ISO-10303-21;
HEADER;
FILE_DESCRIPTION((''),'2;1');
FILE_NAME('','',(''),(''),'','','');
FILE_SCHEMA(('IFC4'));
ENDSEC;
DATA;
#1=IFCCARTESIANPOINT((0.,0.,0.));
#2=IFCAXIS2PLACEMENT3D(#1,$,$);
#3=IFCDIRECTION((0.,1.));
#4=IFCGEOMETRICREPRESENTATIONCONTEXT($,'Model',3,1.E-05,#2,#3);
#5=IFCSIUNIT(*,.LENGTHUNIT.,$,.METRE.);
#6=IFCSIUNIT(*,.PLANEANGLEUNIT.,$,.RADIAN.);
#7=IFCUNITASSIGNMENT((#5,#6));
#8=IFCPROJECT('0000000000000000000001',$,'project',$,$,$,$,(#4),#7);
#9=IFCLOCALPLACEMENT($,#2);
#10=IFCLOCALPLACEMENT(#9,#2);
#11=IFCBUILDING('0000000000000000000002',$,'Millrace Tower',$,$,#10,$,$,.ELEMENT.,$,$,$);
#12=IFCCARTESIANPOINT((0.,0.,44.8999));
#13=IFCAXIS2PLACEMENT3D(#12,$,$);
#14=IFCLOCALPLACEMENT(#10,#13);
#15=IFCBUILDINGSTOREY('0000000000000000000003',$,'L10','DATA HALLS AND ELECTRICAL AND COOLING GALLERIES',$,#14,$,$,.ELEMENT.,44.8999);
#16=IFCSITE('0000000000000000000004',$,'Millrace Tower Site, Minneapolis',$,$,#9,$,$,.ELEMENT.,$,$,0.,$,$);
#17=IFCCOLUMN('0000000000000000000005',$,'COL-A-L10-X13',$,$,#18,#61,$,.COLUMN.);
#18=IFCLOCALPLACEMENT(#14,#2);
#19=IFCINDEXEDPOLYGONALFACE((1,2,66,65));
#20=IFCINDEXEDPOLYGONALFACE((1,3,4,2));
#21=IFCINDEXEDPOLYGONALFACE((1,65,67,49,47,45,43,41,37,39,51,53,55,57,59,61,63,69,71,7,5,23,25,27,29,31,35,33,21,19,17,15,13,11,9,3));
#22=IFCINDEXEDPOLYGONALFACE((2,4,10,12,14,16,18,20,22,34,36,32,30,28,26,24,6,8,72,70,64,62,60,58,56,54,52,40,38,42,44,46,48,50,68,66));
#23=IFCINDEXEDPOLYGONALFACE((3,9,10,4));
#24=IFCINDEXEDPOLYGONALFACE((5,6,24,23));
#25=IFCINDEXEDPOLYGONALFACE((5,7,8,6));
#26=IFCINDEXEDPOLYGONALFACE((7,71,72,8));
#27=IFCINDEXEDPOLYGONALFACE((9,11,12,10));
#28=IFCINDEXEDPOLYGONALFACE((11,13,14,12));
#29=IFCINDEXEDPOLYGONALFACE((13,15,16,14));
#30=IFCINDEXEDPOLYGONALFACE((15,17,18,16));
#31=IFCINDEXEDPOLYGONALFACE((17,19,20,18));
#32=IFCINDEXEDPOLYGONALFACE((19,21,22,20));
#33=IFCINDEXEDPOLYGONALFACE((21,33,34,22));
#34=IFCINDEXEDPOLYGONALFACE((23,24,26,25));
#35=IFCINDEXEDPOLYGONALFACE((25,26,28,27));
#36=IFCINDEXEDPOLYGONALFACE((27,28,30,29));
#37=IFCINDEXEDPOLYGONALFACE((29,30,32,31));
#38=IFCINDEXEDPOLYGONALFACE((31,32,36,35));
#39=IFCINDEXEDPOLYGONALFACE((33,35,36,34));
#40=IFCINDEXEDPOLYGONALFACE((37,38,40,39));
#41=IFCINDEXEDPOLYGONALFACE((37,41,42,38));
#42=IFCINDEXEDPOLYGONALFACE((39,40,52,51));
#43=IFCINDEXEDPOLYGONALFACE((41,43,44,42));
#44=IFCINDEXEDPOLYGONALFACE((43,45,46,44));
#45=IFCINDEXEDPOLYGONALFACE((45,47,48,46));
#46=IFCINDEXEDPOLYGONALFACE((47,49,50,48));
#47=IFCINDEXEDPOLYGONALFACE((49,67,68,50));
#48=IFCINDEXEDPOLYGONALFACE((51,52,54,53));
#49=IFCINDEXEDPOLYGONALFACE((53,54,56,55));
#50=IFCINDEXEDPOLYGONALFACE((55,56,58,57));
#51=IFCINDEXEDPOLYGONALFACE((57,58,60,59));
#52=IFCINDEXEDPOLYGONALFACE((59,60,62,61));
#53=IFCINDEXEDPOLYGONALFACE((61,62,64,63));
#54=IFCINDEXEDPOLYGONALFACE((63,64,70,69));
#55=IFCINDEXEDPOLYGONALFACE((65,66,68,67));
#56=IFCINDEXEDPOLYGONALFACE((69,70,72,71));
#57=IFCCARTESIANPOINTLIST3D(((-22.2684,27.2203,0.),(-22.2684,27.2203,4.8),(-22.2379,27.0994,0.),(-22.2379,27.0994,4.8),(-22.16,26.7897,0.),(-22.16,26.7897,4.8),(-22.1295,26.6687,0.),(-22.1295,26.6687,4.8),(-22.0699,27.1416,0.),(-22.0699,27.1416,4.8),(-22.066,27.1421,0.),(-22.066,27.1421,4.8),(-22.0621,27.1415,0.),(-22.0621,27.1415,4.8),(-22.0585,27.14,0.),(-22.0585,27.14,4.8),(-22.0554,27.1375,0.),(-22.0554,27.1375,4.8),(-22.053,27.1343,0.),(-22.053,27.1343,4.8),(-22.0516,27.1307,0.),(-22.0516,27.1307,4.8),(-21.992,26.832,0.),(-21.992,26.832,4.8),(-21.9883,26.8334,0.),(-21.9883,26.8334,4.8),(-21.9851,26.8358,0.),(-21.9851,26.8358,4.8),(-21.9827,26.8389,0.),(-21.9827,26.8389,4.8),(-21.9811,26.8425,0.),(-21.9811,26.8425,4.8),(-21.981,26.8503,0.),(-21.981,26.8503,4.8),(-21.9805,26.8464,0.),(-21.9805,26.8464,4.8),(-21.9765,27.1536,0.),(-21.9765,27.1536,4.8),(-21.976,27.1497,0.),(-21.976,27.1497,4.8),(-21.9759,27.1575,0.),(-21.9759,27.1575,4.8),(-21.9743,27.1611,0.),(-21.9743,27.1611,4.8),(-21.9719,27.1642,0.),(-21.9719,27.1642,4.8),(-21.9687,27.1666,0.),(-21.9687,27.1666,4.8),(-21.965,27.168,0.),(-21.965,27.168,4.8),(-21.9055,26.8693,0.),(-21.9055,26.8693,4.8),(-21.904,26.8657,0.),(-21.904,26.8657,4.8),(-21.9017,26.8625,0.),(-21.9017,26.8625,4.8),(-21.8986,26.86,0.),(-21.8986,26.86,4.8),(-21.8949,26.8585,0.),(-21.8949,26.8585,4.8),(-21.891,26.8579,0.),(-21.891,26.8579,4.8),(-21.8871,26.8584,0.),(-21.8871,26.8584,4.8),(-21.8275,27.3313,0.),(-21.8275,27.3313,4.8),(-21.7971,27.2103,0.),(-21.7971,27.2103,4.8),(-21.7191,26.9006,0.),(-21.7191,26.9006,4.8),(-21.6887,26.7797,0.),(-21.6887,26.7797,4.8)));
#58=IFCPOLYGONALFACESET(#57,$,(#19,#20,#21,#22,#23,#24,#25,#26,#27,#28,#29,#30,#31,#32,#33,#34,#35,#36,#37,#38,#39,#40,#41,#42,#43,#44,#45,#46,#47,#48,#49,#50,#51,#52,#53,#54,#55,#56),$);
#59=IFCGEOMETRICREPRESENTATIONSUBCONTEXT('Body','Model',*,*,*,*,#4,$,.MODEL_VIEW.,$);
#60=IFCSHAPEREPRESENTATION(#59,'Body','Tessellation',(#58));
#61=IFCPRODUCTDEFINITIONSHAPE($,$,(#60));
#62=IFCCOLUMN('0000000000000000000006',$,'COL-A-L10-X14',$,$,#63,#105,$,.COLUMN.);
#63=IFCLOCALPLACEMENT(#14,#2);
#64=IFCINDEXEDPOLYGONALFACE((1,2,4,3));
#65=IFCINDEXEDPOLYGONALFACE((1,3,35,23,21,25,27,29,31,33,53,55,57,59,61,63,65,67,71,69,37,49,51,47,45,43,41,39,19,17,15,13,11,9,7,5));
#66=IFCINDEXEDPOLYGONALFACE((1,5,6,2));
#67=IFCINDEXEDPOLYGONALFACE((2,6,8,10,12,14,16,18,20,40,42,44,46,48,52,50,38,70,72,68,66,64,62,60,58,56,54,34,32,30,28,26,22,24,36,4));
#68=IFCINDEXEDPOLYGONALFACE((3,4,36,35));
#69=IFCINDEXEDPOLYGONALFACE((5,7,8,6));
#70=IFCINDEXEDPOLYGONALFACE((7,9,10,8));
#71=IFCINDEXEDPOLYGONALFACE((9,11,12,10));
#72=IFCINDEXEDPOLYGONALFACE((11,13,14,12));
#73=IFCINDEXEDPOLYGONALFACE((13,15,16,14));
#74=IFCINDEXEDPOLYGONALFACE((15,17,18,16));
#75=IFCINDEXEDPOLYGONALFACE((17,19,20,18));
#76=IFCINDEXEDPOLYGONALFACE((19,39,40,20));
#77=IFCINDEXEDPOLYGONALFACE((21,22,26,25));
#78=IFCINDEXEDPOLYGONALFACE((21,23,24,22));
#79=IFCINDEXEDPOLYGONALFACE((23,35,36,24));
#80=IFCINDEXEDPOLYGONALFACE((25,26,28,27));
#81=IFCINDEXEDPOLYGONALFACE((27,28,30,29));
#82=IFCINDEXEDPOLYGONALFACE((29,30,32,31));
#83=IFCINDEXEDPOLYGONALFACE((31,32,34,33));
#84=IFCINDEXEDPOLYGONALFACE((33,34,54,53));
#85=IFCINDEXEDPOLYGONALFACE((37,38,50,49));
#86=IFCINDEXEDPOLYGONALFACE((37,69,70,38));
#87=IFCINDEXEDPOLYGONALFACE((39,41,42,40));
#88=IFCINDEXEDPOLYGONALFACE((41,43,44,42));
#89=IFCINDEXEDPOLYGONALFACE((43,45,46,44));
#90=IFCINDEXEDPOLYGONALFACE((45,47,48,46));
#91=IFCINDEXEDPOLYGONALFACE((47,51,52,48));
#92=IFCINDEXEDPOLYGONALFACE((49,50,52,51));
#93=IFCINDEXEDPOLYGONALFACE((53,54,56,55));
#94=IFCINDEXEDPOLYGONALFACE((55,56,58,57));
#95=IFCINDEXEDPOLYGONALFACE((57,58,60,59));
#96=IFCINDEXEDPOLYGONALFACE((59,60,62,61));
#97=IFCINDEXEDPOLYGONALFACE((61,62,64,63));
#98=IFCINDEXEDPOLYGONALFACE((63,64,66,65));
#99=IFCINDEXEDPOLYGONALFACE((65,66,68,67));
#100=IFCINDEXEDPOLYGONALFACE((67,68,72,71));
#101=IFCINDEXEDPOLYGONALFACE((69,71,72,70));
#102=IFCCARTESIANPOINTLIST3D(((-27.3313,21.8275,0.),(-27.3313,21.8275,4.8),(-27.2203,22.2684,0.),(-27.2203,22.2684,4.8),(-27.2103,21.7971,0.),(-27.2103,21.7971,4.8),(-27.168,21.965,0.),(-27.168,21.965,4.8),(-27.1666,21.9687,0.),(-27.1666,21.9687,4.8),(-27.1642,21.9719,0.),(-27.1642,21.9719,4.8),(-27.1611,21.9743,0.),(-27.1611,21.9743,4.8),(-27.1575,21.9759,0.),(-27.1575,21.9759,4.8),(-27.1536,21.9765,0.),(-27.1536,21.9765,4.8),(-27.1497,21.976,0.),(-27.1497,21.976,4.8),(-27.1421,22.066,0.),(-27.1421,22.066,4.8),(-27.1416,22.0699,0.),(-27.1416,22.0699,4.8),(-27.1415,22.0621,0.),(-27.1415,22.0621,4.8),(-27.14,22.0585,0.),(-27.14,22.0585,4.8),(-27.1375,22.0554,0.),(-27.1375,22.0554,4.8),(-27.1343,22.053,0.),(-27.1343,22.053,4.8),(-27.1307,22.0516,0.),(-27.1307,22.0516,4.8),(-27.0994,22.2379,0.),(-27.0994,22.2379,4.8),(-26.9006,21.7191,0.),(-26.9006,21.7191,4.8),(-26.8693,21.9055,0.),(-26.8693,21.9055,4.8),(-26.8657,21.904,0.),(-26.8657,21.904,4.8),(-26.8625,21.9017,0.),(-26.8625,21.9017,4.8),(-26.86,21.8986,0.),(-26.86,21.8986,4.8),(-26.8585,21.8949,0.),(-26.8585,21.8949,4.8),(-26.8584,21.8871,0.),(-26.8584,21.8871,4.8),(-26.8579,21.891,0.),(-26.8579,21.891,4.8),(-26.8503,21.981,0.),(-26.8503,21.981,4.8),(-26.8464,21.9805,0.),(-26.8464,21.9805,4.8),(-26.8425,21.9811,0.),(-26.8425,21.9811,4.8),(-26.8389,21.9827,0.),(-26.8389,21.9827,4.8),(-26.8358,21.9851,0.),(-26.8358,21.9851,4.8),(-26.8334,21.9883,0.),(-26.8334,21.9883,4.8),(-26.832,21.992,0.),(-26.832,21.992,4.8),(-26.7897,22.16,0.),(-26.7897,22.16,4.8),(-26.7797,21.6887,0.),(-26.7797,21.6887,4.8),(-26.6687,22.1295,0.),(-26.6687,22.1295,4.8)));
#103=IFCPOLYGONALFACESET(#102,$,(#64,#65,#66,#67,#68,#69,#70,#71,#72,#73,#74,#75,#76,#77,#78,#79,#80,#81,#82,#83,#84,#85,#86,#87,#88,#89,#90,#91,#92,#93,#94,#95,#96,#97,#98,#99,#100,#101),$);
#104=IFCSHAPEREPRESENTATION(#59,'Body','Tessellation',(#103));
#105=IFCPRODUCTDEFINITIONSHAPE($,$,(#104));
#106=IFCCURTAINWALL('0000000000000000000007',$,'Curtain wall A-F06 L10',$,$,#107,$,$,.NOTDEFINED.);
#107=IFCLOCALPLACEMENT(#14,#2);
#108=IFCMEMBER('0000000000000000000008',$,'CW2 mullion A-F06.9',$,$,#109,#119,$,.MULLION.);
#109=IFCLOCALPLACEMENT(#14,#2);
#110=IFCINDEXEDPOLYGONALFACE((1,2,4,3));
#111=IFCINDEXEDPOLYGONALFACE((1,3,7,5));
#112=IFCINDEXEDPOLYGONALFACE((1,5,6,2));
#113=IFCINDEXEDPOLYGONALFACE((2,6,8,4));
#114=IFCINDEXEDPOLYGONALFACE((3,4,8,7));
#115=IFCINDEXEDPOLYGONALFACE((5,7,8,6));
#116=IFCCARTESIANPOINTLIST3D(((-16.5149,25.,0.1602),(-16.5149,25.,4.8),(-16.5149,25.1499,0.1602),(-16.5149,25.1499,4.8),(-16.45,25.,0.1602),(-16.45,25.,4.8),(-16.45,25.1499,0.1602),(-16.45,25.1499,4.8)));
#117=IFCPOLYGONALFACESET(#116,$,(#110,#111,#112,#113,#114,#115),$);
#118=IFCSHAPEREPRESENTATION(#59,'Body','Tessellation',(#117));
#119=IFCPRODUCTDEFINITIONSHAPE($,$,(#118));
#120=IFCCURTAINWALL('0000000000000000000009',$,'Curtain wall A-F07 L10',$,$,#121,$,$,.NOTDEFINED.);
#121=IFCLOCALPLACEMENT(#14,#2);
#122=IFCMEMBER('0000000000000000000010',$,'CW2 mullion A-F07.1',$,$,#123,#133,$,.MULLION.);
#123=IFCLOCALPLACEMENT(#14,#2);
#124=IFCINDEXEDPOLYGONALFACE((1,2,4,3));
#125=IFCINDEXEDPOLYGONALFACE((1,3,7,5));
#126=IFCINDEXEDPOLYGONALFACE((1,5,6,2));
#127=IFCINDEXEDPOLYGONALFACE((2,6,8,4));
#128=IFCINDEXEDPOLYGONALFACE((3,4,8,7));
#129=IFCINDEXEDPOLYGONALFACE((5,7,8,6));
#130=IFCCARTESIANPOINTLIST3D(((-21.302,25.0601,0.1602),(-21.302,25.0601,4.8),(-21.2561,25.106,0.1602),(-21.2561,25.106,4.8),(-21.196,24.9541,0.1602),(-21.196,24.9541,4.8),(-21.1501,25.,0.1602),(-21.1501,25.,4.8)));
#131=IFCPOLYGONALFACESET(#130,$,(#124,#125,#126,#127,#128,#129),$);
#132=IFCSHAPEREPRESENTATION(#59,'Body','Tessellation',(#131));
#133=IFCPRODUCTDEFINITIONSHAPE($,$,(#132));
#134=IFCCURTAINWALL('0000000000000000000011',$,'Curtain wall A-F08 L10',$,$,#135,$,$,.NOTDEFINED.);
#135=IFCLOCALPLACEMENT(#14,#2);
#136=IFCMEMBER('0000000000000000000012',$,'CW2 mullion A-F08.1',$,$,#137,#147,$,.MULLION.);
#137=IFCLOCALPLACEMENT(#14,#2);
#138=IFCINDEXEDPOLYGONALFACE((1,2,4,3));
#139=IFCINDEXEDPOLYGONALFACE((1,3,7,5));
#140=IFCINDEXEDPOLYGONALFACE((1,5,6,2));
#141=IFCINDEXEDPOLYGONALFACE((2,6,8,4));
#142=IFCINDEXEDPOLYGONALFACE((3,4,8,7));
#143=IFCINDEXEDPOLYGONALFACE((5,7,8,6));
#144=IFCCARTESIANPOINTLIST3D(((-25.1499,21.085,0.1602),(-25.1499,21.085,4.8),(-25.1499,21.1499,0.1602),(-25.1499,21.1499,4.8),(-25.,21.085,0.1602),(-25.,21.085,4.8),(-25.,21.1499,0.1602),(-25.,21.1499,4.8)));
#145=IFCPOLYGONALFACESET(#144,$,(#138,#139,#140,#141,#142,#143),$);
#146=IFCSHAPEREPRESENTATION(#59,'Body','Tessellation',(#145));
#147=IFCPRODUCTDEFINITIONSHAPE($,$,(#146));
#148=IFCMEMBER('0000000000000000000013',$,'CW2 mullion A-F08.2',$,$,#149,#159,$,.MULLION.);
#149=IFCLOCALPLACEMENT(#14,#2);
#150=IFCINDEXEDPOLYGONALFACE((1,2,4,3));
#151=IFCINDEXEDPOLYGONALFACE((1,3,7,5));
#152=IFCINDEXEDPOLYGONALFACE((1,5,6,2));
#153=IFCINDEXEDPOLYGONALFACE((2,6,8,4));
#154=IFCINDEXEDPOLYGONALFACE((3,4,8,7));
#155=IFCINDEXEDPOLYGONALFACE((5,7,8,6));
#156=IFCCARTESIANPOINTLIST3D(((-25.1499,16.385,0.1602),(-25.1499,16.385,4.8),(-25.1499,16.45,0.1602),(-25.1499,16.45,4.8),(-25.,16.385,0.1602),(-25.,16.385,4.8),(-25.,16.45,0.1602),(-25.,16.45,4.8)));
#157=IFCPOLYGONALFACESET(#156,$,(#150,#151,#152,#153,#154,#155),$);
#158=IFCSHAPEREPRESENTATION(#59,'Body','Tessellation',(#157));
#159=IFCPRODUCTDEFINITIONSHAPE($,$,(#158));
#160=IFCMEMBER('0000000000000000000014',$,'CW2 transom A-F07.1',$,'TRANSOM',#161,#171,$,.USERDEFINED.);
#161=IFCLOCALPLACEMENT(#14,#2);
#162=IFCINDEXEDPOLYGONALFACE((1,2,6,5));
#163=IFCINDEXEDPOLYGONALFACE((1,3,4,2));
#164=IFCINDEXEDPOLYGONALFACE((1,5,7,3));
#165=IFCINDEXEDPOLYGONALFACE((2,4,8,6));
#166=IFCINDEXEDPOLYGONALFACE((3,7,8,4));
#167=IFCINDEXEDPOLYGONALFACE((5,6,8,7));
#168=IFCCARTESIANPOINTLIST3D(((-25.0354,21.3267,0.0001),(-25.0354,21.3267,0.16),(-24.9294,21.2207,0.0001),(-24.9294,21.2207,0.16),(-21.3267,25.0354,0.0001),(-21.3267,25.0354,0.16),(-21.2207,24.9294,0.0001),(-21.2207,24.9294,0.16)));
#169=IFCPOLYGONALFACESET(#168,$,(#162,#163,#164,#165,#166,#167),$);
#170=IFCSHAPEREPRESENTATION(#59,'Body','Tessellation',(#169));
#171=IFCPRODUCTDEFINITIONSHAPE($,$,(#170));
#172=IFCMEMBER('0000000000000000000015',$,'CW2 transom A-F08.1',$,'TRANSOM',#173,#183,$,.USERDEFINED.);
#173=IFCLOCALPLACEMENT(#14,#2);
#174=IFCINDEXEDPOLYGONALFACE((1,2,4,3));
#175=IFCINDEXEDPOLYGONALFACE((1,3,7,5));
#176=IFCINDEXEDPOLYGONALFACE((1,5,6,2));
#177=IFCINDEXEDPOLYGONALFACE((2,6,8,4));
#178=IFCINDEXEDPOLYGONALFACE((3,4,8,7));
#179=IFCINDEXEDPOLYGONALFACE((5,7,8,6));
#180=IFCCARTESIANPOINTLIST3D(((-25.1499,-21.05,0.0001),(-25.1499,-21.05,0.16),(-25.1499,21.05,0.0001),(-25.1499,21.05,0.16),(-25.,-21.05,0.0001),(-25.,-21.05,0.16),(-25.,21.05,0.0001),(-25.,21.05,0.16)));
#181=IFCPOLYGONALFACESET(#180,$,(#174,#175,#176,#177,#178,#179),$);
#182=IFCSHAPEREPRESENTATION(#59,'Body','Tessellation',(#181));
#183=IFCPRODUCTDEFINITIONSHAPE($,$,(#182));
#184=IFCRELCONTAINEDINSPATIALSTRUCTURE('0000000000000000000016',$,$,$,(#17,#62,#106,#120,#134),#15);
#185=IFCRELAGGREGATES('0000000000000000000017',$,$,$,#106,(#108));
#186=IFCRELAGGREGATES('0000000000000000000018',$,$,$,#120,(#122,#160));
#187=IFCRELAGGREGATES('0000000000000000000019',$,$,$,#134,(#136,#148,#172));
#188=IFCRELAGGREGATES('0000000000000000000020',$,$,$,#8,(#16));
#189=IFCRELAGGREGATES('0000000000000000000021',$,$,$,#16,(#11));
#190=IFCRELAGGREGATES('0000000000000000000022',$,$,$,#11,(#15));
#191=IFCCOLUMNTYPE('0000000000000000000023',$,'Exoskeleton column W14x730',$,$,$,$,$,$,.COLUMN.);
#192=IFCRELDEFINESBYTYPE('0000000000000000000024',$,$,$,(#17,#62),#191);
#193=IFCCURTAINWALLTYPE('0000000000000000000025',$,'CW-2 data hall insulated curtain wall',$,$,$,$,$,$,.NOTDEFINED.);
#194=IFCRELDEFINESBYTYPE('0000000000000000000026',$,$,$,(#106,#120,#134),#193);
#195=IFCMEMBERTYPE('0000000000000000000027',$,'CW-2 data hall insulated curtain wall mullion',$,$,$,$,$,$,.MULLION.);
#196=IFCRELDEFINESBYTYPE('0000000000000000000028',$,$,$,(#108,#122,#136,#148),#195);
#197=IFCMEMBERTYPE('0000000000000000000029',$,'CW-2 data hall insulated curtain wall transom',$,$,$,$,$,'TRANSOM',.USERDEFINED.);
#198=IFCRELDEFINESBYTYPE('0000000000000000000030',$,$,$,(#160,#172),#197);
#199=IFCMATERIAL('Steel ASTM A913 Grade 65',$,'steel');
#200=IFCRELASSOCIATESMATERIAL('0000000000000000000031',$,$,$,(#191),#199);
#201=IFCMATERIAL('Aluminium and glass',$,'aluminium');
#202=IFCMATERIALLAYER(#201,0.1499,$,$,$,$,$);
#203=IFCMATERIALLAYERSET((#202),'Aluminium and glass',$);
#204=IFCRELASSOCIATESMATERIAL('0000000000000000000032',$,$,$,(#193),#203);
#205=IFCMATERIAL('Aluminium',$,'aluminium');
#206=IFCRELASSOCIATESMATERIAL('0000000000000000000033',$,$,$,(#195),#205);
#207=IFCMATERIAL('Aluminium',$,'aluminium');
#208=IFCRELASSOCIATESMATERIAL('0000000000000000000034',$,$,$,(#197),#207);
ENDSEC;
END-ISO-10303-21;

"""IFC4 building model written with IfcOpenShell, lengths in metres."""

from ifc_helpers import new_model, si_unit, direction, frame, origin, origin_2d, place, context, subcontext, project, spatial, rectangle, i_section, extrude, material, layer, layer_set, material_profile, profile_set, type_object, element, aggregate, save


model = new_model("IFC4")

# Units and contexts
model_context = context("Model", 3, precision=1e-05, world=origin(), true_north=direction((0.0, 1.0)))
body_context = subcontext(model_context, "Body", "Model", "MODEL_VIEW")
ifc_project = project(units=[si_unit("LENGTHUNIT", "METRE"), si_unit("PLANEANGLEUNIT", "RADIAN")], contexts=[model_context])

# Site, building, storey
site_placement = place(None, origin())
site = spatial("IfcSite", under=ifc_project, at=site_placement, Name="Millrace Tower Site, Minneapolis", CompositionType="ELEMENT", RefElevation=0.0)
building_placement = place(site_placement, origin())
building = spatial("IfcBuilding", under=site, at=building_placement, Name="Millrace Tower", CompositionType="ELEMENT")
storey_placement = place(building_placement, frame((0.0, 0.0, 44.8999)))
storey = spatial("IfcBuildingStorey", under=building, at=storey_placement, Name="L10", Description="DATA HALLS AND ELECTRICAL AND COOLING GALLERIES", CompositionType="ELEMENT", Elevation=44.8999)

# Columns
ifc_material_1 = material(Name="Steel ASTM A913 Grade 65", Category="steel")
ifc_material_profile_1 = material_profile(ifc_material_1, i_section(OverallWidth=0.4546, OverallDepth=0.5688, WebThickness=0.0779, FlangeThickness=0.1248, FilletRadius=0.0151, at=origin_2d()))
ifc_profile_set_1 = profile_set([ifc_material_profile_1], Name="Steel ASTM A913 Grade 65")
column_type = type_object("IfcColumnType", Name="Exoskeleton column W14x730", PredefinedType="COLUMN", material=ifc_profile_set_1)
for number, where, z_axis, x_axis, name in (
    (1, (-21.9785, 27.0, 0.0), (0.0, 0.0, 1.0), (-0.969752, -0.244094, 0.0), "COL-A-L10-X13"),
    (2, (-27.0, 21.9785, 0.0), (0.0, 0.0, 1.0), (-0.244094, -0.969752, 0.0), "COL-A-L10-X14"),
):
    element("IfcColumn", number, at=place(storey_placement, frame(where, z_axis=z_axis, x_axis=x_axis)), inside=storey, type_object=column_type, Name=name, PredefinedType="COLUMN", context=body_context, shape_type="SweptSolid", body=[
        extrude(i_section(OverallWidth=0.4546, OverallDepth=0.5688, WebThickness=0.0779, FlangeThickness=0.1248, FilletRadius=0.0151, at=origin_2d()), origin(), (0.0, 0.0, 1.0), 4.8),
    ])

# Curtain walls, members
ifc_material_2 = material(Name="Aluminium and glass", Category="aluminium")
ifc_layer_1 = layer(ifc_material_2, 0.1499)
ifc_layer_set_1 = layer_set([ifc_layer_1], Name="Aluminium and glass")
curtain_wall_type = type_object("IfcCurtainWallType", Name="CW-2 data hall insulated curtain wall", PredefinedType="NOTDEFINED", material=ifc_layer_set_1)
placement = place(storey_placement, origin())
curtain_wall_1 = element("IfcCurtainWall", 3, at=placement, inside=storey, type_object=curtain_wall_type, Name="Curtain wall A-F06 L10", PredefinedType="NOTDEFINED")
ifc_material_3 = material(Name="Aluminium", Category="aluminium")
ifc_material_profile_2 = material_profile(ifc_material_3, rectangle(XDim=0.0649, YDim=0.1499, at=origin_2d()))
ifc_profile_set_2 = profile_set([ifc_material_profile_2], Name="Aluminium")
member_type_1 = type_object("IfcMemberType", Name="CW-2 data hall insulated curtain wall mullion", PredefinedType="MULLION", material=ifc_profile_set_2)
member_1_placement = place(storey_placement, frame((-16.4824, 25.075, 0.1602), z_axis=(0.0, 0.0, 1.0), x_axis=(-1.0, 0.0, 0.0)))
member_1 = element("IfcMember", 4, at=member_1_placement, type_object=member_type_1, Name="CW2 mullion A-F06.9", PredefinedType="MULLION", context=body_context, shape_type="SweptSolid", body=[
    extrude(rectangle(XDim=0.0649, YDim=0.1499, at=origin_2d()), origin(), (0.0, 0.0, 1.0), 4.6399),
])
aggregate(curtain_wall_1, [member_1])
curtain_wall_2 = element("IfcCurtainWall", 5, at=placement, inside=storey, type_object=curtain_wall_type, Name="Curtain wall A-F07 L10", PredefinedType="NOTDEFINED")
member_2_placement = place(storey_placement, frame((-21.2261, 25.03, 0.1602), z_axis=(0.0, 0.0, 1.0), x_axis=(-0.707107, -0.707107, 0.0)))
member_2 = element("IfcMember", 6, at=member_2_placement, type_object=member_type_1, Name="CW2 mullion A-F07.1", PredefinedType="MULLION", context=body_context, shape_type="SweptSolid", body=[
    extrude(rectangle(XDim=0.0649, YDim=0.1499, at=origin_2d()), origin(), (0.0, 0.0, 1.0), 4.6399),
])

# Curtain wall, members
curtain_wall_3 = element("IfcCurtainWall", 7, at=placement, inside=storey, type_object=curtain_wall_type, Name="Curtain wall A-F08 L10", PredefinedType="NOTDEFINED")
member_3_placement = place(storey_placement, frame((-25.075, 21.1174, 0.1602), z_axis=(0.0, 0.0, 1.0), x_axis=(0.0, -1.0, 0.0)))
member_3 = element("IfcMember", 8, at=member_3_placement, type_object=member_type_1, Name="CW2 mullion A-F08.1", PredefinedType="MULLION", context=body_context, shape_type="SweptSolid", body=[
    extrude(rectangle(XDim=0.0649, YDim=0.1499, at=origin_2d()), origin(), (0.0, 0.0, 1.0), 4.6399),
])
member_4_placement = place(storey_placement, frame((-25.075, 16.4175, 0.1602), z_axis=(0.0, 0.0, 1.0), x_axis=(0.0, -1.0, 0.0)))
member_4 = element("IfcMember", 9, at=member_4_placement, type_object=member_type_1, Name="CW2 mullion A-F08.2", PredefinedType="MULLION", context=body_context, shape_type="SweptSolid", body=[
    extrude(rectangle(XDim=0.0649, YDim=0.1499, at=origin_2d()), origin(), (0.0, 0.0, 1.0), 4.6399),
])

# Members
ifc_material_4 = material(Name="Aluminium", Category="aluminium")
ifc_material_profile_3 = material_profile(ifc_material_4, rectangle(XDim=0.1499, YDim=0.1599, at=origin_2d()))
ifc_profile_set_3 = profile_set([ifc_material_profile_3], Name="Aluminium")
member_type_2 = type_object("IfcMemberType", Name="CW-2 data hall insulated curtain wall transom", ElementType="TRANSOM", PredefinedType="USERDEFINED", material=ifc_profile_set_3)
member_5_placement = place(storey_placement, frame((-21.2737, 24.9824, 0.0801), z_axis=(-0.707107, -0.707107, 0.0), x_axis=(0.707107, -0.707107, 0.0)))
member_5 = element("IfcMember", 10, at=member_5_placement, type_object=member_type_2, Name="CW2 transom A-F07.1", ObjectType="TRANSOM", PredefinedType="USERDEFINED", context=body_context, shape_type="SweptSolid", body=[
    extrude(rectangle(XDim=0.1499, YDim=0.1599, at=origin_2d()), origin(), (0.0, 0.0, 1.0), 5.2449),
])
aggregate(curtain_wall_2, [member_2, member_5])
member_6_placement = place(storey_placement, frame((-25.075, 21.05, 0.0801), z_axis=(0.0, -1.0, 0.0), x_axis=(1.0, 0.0, 0.0)))
member_6 = element("IfcMember", 11, at=member_6_placement, type_object=member_type_2, Name="CW2 transom A-F08.1", ObjectType="TRANSOM", PredefinedType="USERDEFINED", context=body_context, shape_type="SweptSolid", body=[
    extrude(rectangle(XDim=0.1499, YDim=0.1599, at=origin_2d()), origin(), (0.0, 0.0, 1.0), 42.1001),
])
aggregate(curtain_wall_3, [member_3, member_4, member_6])

save(model, "model.ifc")
